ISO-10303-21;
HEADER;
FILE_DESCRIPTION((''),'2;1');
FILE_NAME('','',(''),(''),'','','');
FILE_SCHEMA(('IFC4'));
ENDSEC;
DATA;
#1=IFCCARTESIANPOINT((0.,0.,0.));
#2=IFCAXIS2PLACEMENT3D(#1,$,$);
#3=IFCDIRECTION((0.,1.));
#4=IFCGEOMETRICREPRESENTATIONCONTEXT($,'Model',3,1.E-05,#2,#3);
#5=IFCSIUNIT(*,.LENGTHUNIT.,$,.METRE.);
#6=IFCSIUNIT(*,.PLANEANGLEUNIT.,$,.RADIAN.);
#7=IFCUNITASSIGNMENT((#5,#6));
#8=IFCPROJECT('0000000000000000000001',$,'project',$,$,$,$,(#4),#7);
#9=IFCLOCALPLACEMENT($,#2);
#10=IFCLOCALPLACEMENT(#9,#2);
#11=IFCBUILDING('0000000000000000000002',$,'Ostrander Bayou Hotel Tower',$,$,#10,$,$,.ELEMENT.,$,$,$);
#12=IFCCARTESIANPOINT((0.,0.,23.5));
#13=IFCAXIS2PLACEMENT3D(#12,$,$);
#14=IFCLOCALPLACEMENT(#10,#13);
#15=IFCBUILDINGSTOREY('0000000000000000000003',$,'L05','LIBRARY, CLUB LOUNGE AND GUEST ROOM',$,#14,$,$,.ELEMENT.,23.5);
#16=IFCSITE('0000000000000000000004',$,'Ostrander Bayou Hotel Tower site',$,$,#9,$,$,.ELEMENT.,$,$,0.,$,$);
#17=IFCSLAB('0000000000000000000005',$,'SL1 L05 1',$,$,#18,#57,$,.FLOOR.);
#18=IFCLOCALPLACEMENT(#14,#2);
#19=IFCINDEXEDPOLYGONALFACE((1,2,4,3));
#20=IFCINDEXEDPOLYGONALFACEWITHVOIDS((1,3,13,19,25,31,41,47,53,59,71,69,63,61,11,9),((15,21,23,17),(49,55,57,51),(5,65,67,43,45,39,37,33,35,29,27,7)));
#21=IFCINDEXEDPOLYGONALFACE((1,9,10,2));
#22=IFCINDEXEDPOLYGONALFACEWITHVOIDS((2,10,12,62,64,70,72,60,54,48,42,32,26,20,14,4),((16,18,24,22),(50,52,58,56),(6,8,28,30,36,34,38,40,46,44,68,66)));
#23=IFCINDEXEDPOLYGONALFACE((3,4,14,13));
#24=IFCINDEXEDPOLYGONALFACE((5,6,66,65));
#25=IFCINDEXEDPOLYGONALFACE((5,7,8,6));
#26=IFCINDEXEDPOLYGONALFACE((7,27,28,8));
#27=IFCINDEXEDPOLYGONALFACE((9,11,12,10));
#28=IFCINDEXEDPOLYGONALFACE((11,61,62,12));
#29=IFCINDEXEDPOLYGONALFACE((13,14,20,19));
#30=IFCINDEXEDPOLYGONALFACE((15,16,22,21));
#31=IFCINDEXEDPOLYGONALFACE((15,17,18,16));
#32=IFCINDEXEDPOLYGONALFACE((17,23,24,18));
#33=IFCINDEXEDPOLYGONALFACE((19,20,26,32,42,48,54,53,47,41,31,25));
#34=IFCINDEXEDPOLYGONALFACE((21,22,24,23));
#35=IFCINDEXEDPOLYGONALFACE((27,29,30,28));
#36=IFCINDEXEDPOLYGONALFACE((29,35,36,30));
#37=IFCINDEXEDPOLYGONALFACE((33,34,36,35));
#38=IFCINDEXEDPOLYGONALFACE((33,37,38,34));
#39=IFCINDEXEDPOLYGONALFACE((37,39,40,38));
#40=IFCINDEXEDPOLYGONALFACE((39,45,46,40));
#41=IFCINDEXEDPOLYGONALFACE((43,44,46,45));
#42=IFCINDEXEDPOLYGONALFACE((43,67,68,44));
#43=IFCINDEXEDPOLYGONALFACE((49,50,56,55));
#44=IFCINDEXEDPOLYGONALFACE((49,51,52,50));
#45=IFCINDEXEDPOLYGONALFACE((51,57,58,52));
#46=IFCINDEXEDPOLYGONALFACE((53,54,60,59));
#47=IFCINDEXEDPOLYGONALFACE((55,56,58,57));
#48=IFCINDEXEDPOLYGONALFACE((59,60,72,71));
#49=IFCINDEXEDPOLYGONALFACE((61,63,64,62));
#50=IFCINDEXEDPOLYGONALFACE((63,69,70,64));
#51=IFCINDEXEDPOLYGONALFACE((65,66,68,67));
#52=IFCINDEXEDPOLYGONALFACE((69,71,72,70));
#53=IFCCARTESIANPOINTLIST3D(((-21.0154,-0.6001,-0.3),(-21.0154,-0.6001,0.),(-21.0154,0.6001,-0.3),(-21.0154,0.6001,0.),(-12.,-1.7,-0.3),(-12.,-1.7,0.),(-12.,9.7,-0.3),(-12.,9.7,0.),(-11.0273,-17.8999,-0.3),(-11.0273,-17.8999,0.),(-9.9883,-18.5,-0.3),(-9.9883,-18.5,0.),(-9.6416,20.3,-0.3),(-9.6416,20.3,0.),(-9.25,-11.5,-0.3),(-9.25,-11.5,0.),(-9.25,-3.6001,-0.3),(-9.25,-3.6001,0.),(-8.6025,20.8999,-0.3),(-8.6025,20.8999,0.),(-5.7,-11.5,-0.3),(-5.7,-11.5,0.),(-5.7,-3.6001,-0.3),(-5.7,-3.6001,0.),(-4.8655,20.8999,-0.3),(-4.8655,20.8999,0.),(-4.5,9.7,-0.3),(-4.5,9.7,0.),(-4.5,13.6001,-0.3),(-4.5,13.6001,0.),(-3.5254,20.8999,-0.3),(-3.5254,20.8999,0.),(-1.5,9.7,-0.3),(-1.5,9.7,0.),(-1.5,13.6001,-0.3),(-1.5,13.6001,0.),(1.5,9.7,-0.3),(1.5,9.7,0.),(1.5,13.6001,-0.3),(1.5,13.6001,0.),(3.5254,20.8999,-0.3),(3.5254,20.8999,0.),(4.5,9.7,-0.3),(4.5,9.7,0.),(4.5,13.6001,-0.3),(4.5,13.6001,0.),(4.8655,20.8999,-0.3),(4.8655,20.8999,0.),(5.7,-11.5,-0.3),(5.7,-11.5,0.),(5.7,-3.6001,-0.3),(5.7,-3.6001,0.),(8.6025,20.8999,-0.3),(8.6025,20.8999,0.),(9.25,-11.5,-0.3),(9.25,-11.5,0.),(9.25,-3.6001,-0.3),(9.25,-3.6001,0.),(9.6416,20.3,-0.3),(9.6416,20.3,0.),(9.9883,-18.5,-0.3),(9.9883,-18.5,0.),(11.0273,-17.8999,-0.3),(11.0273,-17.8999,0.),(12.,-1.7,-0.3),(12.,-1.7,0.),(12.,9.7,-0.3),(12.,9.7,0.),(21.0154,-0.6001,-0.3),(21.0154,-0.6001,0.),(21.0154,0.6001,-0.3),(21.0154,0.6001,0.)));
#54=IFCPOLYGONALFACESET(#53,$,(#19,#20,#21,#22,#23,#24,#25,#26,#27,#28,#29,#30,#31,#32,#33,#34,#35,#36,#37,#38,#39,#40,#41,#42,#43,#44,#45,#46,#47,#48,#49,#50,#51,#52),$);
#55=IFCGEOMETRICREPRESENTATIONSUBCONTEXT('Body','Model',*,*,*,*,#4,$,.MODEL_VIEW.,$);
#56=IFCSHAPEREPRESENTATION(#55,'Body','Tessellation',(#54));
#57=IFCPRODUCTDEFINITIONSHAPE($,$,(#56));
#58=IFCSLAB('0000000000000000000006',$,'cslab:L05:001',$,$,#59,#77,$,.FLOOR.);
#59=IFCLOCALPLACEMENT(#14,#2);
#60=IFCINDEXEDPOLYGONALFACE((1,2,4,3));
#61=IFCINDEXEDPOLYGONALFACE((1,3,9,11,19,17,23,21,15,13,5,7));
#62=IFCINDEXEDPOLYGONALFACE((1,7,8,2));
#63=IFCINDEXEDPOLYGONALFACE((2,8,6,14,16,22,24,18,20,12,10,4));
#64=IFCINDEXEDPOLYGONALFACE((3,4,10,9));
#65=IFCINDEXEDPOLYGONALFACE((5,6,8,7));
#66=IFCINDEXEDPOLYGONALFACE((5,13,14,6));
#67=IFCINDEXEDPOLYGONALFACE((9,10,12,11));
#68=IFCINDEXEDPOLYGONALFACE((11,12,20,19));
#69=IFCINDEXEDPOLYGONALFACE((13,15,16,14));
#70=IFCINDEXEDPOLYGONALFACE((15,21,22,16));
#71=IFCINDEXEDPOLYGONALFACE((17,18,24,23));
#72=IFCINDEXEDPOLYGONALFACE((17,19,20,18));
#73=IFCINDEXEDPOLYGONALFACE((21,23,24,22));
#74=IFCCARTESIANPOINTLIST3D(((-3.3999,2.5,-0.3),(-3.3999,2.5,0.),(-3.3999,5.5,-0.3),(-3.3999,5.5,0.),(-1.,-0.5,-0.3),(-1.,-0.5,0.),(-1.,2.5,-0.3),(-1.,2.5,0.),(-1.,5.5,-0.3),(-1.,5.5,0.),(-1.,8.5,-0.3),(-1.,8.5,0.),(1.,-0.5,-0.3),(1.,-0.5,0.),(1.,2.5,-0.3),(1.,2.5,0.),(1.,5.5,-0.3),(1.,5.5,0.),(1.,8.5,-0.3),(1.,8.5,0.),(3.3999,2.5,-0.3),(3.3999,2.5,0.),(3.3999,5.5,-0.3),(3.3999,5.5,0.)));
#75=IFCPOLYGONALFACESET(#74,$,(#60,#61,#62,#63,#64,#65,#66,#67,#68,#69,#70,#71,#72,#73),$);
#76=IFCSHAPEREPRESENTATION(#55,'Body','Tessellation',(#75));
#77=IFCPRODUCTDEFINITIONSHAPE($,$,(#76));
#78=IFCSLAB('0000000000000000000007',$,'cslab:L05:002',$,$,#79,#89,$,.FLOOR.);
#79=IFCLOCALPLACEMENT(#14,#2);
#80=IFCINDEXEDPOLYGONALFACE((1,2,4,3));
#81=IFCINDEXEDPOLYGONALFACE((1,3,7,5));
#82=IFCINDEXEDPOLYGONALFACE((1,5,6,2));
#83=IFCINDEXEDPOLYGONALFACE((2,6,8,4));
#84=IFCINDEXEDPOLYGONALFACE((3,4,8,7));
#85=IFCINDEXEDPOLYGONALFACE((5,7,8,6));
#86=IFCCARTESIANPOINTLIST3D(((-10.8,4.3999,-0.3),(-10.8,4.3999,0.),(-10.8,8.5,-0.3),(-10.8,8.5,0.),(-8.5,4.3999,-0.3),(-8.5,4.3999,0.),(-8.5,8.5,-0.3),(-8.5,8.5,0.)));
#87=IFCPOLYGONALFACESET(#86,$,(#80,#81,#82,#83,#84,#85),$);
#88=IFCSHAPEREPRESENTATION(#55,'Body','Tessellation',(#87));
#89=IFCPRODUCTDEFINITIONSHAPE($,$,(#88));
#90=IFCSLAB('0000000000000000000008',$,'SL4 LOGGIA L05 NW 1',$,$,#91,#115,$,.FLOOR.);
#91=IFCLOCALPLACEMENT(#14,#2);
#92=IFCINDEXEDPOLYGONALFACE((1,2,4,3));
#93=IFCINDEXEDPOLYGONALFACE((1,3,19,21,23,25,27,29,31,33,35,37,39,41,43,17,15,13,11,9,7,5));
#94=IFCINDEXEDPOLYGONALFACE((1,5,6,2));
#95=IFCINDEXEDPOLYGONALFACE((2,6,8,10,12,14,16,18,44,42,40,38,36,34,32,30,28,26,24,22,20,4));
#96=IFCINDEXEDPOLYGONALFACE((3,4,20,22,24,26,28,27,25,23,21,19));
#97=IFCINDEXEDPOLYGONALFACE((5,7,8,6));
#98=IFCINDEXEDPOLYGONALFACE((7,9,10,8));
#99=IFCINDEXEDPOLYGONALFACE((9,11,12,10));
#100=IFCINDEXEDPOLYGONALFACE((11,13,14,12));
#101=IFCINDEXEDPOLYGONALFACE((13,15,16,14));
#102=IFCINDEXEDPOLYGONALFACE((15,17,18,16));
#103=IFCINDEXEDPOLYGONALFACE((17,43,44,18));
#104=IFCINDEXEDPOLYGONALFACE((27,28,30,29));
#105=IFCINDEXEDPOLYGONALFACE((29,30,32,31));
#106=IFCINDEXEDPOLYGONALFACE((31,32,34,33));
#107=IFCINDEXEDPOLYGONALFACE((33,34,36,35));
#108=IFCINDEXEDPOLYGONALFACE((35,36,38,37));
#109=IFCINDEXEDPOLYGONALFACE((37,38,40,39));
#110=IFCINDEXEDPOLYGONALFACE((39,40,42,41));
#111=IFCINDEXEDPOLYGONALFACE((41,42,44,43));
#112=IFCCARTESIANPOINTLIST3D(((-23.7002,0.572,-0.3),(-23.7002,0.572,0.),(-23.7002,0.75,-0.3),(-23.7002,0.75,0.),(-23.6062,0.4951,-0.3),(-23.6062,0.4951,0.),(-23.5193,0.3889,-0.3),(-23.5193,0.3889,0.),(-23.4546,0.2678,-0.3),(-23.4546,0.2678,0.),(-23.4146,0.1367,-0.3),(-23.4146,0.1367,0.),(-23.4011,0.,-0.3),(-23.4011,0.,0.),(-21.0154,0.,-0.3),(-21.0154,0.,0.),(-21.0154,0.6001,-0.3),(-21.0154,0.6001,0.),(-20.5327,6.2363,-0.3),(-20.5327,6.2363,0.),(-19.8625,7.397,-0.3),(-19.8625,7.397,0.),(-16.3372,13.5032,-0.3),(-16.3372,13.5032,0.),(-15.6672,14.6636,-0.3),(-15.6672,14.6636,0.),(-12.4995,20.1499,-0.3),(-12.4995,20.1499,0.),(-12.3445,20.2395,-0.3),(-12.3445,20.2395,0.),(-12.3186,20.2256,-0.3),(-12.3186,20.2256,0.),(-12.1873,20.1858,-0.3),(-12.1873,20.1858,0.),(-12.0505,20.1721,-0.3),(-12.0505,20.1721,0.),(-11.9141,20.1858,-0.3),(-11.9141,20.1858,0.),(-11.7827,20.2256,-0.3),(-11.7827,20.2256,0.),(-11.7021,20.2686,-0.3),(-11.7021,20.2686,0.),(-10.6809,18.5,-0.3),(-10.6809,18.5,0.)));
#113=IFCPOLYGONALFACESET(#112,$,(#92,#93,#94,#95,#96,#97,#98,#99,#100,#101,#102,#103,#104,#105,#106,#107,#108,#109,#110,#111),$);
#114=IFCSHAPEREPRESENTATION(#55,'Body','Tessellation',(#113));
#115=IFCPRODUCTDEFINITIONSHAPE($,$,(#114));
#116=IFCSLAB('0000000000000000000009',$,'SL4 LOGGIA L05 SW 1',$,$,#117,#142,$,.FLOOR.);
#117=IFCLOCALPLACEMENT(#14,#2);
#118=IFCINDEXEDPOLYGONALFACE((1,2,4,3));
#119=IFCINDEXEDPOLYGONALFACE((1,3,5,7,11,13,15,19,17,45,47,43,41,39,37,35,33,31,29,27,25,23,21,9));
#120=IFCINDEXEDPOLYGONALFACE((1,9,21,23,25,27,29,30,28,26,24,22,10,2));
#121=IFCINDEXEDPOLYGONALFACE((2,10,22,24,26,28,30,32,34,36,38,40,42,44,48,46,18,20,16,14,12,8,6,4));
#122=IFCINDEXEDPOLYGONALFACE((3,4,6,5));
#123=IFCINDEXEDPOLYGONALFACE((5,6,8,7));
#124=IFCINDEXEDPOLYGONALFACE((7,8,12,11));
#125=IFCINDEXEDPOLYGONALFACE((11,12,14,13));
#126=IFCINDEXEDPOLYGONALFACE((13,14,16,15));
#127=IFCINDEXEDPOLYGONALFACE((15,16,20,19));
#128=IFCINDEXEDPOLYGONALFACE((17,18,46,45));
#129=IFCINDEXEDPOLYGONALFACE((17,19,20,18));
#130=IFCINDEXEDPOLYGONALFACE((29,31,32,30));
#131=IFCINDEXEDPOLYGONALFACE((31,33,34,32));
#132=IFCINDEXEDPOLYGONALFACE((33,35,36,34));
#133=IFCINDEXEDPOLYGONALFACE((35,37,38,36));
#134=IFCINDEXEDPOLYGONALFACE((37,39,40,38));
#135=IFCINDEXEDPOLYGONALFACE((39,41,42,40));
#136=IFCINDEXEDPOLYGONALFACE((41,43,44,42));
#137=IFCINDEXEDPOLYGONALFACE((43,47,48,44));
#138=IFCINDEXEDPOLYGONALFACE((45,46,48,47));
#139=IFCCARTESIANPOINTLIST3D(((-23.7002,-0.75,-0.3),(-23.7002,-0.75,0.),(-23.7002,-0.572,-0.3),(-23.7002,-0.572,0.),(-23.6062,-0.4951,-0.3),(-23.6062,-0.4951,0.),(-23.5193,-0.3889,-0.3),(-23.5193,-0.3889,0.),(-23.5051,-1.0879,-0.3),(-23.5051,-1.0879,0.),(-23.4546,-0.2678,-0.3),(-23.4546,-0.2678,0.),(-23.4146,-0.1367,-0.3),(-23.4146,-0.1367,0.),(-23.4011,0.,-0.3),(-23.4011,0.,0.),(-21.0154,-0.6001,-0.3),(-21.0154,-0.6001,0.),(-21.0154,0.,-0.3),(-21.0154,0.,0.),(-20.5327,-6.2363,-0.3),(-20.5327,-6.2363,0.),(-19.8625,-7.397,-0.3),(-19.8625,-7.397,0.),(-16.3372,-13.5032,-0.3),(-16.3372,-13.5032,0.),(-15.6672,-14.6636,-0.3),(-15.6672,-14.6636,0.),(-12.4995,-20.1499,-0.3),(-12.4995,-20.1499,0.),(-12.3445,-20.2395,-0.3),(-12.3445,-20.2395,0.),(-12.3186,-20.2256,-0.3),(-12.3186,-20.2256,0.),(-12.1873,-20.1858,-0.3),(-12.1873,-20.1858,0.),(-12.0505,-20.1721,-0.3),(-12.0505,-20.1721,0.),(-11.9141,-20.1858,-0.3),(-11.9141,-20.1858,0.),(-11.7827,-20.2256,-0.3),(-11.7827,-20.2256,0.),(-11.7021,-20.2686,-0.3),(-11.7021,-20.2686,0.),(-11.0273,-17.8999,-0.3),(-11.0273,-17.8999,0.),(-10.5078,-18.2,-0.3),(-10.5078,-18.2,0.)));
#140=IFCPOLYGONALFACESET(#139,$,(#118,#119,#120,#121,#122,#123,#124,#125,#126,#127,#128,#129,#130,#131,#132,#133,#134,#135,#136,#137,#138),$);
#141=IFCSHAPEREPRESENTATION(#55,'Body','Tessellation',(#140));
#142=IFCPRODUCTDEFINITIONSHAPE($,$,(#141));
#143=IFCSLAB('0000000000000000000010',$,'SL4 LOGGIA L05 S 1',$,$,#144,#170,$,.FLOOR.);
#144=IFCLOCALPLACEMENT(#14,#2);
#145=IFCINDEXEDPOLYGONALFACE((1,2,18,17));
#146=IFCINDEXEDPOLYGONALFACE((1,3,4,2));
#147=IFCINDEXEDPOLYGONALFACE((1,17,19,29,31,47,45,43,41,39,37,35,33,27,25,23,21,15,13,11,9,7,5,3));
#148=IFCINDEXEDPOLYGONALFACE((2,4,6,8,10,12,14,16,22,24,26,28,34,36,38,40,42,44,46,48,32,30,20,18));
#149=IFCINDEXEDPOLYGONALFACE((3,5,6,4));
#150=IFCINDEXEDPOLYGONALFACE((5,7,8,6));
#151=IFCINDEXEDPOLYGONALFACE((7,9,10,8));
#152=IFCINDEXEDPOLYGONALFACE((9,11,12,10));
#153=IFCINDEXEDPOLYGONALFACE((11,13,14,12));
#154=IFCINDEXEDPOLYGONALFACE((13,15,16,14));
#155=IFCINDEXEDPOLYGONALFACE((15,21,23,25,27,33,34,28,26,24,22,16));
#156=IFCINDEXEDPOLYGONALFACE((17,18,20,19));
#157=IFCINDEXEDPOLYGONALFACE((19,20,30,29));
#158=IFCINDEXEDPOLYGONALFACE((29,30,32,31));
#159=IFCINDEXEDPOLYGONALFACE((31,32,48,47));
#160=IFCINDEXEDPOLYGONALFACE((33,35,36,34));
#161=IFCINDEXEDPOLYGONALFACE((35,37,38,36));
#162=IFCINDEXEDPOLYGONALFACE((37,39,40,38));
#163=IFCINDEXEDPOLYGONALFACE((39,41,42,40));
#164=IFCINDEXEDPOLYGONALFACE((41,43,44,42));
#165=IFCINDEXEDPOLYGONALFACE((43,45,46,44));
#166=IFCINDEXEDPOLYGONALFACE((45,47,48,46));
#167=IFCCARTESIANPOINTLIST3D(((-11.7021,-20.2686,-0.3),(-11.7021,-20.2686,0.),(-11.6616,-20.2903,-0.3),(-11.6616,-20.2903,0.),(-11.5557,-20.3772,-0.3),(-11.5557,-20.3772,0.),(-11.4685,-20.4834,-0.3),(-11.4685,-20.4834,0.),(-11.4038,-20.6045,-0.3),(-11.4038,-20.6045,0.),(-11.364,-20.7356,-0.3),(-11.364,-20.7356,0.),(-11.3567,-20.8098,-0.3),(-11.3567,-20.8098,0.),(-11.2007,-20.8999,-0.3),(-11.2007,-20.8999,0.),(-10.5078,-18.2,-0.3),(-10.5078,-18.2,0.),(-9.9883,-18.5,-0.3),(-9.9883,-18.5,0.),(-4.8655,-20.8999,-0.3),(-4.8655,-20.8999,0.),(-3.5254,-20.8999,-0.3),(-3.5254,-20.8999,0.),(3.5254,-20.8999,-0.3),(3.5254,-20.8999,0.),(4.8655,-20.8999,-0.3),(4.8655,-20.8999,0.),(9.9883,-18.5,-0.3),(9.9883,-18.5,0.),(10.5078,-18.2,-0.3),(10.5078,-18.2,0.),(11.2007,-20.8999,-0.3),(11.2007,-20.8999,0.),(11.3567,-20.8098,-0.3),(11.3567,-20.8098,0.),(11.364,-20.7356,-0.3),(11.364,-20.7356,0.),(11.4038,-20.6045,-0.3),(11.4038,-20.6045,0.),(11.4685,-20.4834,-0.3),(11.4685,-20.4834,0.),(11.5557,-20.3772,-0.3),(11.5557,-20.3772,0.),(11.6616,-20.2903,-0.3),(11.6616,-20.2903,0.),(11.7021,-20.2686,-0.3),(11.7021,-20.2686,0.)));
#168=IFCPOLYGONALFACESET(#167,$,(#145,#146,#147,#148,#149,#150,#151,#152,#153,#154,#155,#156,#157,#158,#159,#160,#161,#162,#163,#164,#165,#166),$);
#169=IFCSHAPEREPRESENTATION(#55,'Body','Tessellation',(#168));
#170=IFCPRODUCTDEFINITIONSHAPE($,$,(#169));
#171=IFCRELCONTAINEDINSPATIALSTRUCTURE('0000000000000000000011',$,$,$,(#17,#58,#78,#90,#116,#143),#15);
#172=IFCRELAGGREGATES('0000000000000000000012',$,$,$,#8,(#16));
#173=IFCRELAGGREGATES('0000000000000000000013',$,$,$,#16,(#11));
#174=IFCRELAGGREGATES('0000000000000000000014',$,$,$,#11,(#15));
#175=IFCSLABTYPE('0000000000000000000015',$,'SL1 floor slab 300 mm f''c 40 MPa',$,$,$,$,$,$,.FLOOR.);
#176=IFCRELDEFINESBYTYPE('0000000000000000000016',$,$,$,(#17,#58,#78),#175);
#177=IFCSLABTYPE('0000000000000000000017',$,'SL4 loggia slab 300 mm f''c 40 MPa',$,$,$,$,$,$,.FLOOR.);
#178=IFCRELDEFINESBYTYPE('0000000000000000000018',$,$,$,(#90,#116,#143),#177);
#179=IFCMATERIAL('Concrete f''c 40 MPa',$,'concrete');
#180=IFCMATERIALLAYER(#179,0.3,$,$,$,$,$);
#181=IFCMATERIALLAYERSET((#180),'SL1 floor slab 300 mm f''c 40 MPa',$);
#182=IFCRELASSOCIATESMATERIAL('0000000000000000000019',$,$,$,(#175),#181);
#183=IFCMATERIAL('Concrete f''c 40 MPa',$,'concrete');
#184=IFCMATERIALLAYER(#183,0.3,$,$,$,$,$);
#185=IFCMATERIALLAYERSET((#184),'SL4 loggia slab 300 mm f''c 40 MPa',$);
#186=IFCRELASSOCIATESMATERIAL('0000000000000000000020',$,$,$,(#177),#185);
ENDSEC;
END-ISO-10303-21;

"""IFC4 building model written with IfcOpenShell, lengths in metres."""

from ifc_helpers import new_model, si_unit, direction, frame, origin, place, context, subcontext, project, spatial, polyline, outline, extrude, material, layer, layer_set, type_object, element, save


model = new_model("IFC4")

# Units and contexts
model_context = context("Model", 3, precision=1e-05, world=origin(), true_north=direction((0.0, 1.0)))
body_context = subcontext(model_context, "Body", "Model", "MODEL_VIEW")
ifc_project = project(units=[si_unit("LENGTHUNIT", "METRE"), si_unit("PLANEANGLEUNIT", "RADIAN")], contexts=[model_context])

# Site, building, storey
site_placement = place(None, origin())
site = spatial("IfcSite", under=ifc_project, at=site_placement, Name="Ostrander Bayou Hotel Tower site", CompositionType="ELEMENT", RefElevation=0.0)
building_placement = place(site_placement, origin())
building = spatial("IfcBuilding", under=site, at=building_placement, Name="Ostrander Bayou Hotel Tower", CompositionType="ELEMENT")
storey_placement = place(building_placement, frame((0.0, 0.0, 23.5)))
storey = spatial("IfcBuildingStorey", under=building, at=storey_placement, Name="L05", Description="LIBRARY, CLUB LOUNGE AND GUEST ROOM", CompositionType="ELEMENT", Elevation=23.5)

# Slabs
ifc_material_1 = material(Name="Concrete f'c 40 MPa", Category="concrete")
ifc_layer_1 = layer(ifc_material_1, 0.3)
ifc_layer_set_1 = layer_set([ifc_layer_1], Name="SL1 floor slab 300 mm f'c 40 MPa")
slab_type_1 = type_object("IfcSlabType", Name="SL1 floor slab 300 mm f'c 40 MPa", PredefinedType="FLOOR", material=ifc_layer_set_1)
slab_1_placement = place(storey_placement, frame((0.0, 0.0, -0.3)))
element("IfcSlab", 1, at=slab_1_placement, inside=storey, type_object=slab_type_1, Name="SL1 L05 1", PredefinedType="FLOOR", context=body_context, shape_type="SweptSolid", body=[
    extrude(outline(polyline([(-3.5254, 20.8999), (3.5254, 20.8999), (4.8655, 20.8999), (8.6025, 20.8999), (9.6416, 20.3), (21.0154, 0.6001), (21.0154, -0.6001), (11.0273, -17.8999), (9.9883, -18.5), (-9.9883, -18.5), (-11.0273, -17.8999), (-21.0154, -0.6001), (-21.0154, 0.6001), (-9.6416, 20.3), (-8.6025, 20.8999), (-4.8655, 20.8999), (-3.5254, 20.8999)]), holes=[polyline([(-12.0, -1.7), (12.0, -1.7), (12.0, 9.7), (4.5, 9.7), (4.5, 13.6001), (1.5, 13.6001), (1.5, 9.7), (-1.5, 9.7), (-1.5, 13.6001), (-4.5, 13.6001), (-4.5, 9.7), (-12.0, 9.7), (-12.0, -1.7)]), polyline([(9.25, -3.6001), (5.7, -3.6001), (5.7, -11.5), (9.25, -11.5), (9.25, -3.6001)]), polyline([(-5.7, -3.6001), (-9.25, -3.6001), (-9.25, -11.5), (-5.7, -11.5), (-5.7, -3.6001)])]), origin(), (0.0, 0.0, 1.0), 0.3),
])
slab_2_placement = place(storey_placement, frame((0.0, 0.0, -0.3)))
element("IfcSlab", 2, at=slab_2_placement, inside=storey, type_object=slab_type_1, Name="cslab:L05:001", PredefinedType="FLOOR", context=body_context, shape_type="SweptSolid", body=[
    extrude(outline(polyline([(-3.3999, 5.5), (-1.0, 5.5), (-1.0, 8.5), (1.0, 8.5), (1.0, 5.5), (3.3999, 5.5), (3.3999, 2.5), (1.0, 2.5), (1.0, -0.5), (-1.0, -0.5), (-1.0, 2.5), (-3.3999, 2.5), (-3.3999, 5.5)])), origin(), (0.0, 0.0, 1.0), 0.3),
])
slab_3_placement = place(storey_placement, frame((0.0, 0.0, -0.3)))
element("IfcSlab", 3, at=slab_3_placement, inside=storey, type_object=slab_type_1, Name="cslab:L05:002", PredefinedType="FLOOR", context=body_context, shape_type="SweptSolid", body=[
    extrude(outline(polyline([(-8.5, 4.3999), (-8.5, 8.5), (-10.8, 8.5), (-10.8, 4.3999), (-8.5, 4.3999)])), origin(), (0.0, 0.0, 1.0), 0.3),
])
ifc_material_2 = material(Name="Concrete f'c 40 MPa", Category="concrete")
ifc_layer_2 = layer(ifc_material_2, 0.3)
ifc_layer_set_2 = layer_set([ifc_layer_2], Name="SL4 loggia slab 300 mm f'c 40 MPa")
slab_type_2 = type_object("IfcSlabType", Name="SL4 loggia slab 300 mm f'c 40 MPa", PredefinedType="FLOOR", material=ifc_layer_set_2)
slab_4_placement = place(storey_placement, frame((0.0, 0.0, -0.3)))
element("IfcSlab", 4, at=slab_4_placement, inside=storey, type_object=slab_type_2, Name="SL4 LOGGIA L05 NW 1", PredefinedType="FLOOR", context=body_context, shape_type="SweptSolid", body=[
    extrude(outline(polyline([(-23.4011, 0.0), (-23.4146, 0.1367), (-23.4546, 0.2678), (-23.5193, 0.3889), (-23.6062, 0.4951), (-23.7002, 0.572), (-23.7002, 0.75), (-20.5327, 6.2363), (-19.8625, 7.397), (-16.3372, 13.5032), (-15.6672, 14.6636), (-12.4995, 20.1499), (-12.3445, 20.2395), (-12.3186, 20.2256), (-12.1873, 20.1858), (-12.0505, 20.1721), (-11.9141, 20.1858), (-11.7827, 20.2256), (-11.7021, 20.2686), (-10.6809, 18.5), (-21.0154, 0.6001), (-21.0154, 0.0), (-23.4011, 0.0)])), origin(), (0.0, 0.0, 1.0), 0.3),
])
slab_5_placement = place(storey_placement, frame((0.0, 0.0, -0.3)))
element("IfcSlab", 5, at=slab_5_placement, inside=storey, type_object=slab_type_2, Name="SL4 LOGGIA L05 SW 1", PredefinedType="FLOOR", context=body_context, shape_type="SweptSolid", body=[
    extrude(outline(polyline([(-10.5078, -18.2), (-11.7021, -20.2686), (-11.7827, -20.2256), (-11.9141, -20.1858), (-12.0505, -20.1721), (-12.1873, -20.1858), (-12.3186, -20.2256), (-12.3445, -20.2395), (-12.4995, -20.1499), (-15.6672, -14.6636), (-16.3372, -13.5032), (-19.8625, -7.397), (-20.5327, -6.2363), (-23.5051, -1.0879), (-23.7002, -0.75), (-23.7002, -0.572), (-23.6062, -0.4951), (-23.5193, -0.3889), (-23.4546, -0.2678), (-23.4146, -0.1367), (-23.4011, 0.0), (-21.0154, 0.0), (-21.0154, -0.6001), (-11.0273, -17.8999), (-10.5078, -18.2)])), origin(), (0.0, 0.0, 1.0), 0.3),
])
slab_6_placement = place(storey_placement, frame((0.0, 0.0, -0.3)))
element("IfcSlab", 6, at=slab_6_placement, inside=storey, type_object=slab_type_2, Name="SL4 LOGGIA L05 S 1", PredefinedType="FLOOR", context=body_context, shape_type="SweptSolid", body=[
    extrude(outline(polyline([(10.5078, -18.2), (11.7021, -20.2686), (11.6616, -20.2903), (11.5557, -20.3772), (11.4685, -20.4834), (11.4038, -20.6045), (11.364, -20.7356), (11.3567, -20.8098), (11.2007, -20.8999), (4.8655, -20.8999), (3.5254, -20.8999), (-3.5254, -20.8999), (-4.8655, -20.8999), (-11.2007, -20.8999), (-11.3567, -20.8098), (-11.364, -20.7356), (-11.4038, -20.6045), (-11.4685, -20.4834), (-11.5557, -20.3772), (-11.6616, -20.2903), (-11.7021, -20.2686), (-10.5078, -18.2), (-9.9883, -18.5), (9.9883, -18.5), (10.5078, -18.2)])), origin(), (0.0, 0.0, 1.0), 0.3),
])

save(model, "model.ifc")
